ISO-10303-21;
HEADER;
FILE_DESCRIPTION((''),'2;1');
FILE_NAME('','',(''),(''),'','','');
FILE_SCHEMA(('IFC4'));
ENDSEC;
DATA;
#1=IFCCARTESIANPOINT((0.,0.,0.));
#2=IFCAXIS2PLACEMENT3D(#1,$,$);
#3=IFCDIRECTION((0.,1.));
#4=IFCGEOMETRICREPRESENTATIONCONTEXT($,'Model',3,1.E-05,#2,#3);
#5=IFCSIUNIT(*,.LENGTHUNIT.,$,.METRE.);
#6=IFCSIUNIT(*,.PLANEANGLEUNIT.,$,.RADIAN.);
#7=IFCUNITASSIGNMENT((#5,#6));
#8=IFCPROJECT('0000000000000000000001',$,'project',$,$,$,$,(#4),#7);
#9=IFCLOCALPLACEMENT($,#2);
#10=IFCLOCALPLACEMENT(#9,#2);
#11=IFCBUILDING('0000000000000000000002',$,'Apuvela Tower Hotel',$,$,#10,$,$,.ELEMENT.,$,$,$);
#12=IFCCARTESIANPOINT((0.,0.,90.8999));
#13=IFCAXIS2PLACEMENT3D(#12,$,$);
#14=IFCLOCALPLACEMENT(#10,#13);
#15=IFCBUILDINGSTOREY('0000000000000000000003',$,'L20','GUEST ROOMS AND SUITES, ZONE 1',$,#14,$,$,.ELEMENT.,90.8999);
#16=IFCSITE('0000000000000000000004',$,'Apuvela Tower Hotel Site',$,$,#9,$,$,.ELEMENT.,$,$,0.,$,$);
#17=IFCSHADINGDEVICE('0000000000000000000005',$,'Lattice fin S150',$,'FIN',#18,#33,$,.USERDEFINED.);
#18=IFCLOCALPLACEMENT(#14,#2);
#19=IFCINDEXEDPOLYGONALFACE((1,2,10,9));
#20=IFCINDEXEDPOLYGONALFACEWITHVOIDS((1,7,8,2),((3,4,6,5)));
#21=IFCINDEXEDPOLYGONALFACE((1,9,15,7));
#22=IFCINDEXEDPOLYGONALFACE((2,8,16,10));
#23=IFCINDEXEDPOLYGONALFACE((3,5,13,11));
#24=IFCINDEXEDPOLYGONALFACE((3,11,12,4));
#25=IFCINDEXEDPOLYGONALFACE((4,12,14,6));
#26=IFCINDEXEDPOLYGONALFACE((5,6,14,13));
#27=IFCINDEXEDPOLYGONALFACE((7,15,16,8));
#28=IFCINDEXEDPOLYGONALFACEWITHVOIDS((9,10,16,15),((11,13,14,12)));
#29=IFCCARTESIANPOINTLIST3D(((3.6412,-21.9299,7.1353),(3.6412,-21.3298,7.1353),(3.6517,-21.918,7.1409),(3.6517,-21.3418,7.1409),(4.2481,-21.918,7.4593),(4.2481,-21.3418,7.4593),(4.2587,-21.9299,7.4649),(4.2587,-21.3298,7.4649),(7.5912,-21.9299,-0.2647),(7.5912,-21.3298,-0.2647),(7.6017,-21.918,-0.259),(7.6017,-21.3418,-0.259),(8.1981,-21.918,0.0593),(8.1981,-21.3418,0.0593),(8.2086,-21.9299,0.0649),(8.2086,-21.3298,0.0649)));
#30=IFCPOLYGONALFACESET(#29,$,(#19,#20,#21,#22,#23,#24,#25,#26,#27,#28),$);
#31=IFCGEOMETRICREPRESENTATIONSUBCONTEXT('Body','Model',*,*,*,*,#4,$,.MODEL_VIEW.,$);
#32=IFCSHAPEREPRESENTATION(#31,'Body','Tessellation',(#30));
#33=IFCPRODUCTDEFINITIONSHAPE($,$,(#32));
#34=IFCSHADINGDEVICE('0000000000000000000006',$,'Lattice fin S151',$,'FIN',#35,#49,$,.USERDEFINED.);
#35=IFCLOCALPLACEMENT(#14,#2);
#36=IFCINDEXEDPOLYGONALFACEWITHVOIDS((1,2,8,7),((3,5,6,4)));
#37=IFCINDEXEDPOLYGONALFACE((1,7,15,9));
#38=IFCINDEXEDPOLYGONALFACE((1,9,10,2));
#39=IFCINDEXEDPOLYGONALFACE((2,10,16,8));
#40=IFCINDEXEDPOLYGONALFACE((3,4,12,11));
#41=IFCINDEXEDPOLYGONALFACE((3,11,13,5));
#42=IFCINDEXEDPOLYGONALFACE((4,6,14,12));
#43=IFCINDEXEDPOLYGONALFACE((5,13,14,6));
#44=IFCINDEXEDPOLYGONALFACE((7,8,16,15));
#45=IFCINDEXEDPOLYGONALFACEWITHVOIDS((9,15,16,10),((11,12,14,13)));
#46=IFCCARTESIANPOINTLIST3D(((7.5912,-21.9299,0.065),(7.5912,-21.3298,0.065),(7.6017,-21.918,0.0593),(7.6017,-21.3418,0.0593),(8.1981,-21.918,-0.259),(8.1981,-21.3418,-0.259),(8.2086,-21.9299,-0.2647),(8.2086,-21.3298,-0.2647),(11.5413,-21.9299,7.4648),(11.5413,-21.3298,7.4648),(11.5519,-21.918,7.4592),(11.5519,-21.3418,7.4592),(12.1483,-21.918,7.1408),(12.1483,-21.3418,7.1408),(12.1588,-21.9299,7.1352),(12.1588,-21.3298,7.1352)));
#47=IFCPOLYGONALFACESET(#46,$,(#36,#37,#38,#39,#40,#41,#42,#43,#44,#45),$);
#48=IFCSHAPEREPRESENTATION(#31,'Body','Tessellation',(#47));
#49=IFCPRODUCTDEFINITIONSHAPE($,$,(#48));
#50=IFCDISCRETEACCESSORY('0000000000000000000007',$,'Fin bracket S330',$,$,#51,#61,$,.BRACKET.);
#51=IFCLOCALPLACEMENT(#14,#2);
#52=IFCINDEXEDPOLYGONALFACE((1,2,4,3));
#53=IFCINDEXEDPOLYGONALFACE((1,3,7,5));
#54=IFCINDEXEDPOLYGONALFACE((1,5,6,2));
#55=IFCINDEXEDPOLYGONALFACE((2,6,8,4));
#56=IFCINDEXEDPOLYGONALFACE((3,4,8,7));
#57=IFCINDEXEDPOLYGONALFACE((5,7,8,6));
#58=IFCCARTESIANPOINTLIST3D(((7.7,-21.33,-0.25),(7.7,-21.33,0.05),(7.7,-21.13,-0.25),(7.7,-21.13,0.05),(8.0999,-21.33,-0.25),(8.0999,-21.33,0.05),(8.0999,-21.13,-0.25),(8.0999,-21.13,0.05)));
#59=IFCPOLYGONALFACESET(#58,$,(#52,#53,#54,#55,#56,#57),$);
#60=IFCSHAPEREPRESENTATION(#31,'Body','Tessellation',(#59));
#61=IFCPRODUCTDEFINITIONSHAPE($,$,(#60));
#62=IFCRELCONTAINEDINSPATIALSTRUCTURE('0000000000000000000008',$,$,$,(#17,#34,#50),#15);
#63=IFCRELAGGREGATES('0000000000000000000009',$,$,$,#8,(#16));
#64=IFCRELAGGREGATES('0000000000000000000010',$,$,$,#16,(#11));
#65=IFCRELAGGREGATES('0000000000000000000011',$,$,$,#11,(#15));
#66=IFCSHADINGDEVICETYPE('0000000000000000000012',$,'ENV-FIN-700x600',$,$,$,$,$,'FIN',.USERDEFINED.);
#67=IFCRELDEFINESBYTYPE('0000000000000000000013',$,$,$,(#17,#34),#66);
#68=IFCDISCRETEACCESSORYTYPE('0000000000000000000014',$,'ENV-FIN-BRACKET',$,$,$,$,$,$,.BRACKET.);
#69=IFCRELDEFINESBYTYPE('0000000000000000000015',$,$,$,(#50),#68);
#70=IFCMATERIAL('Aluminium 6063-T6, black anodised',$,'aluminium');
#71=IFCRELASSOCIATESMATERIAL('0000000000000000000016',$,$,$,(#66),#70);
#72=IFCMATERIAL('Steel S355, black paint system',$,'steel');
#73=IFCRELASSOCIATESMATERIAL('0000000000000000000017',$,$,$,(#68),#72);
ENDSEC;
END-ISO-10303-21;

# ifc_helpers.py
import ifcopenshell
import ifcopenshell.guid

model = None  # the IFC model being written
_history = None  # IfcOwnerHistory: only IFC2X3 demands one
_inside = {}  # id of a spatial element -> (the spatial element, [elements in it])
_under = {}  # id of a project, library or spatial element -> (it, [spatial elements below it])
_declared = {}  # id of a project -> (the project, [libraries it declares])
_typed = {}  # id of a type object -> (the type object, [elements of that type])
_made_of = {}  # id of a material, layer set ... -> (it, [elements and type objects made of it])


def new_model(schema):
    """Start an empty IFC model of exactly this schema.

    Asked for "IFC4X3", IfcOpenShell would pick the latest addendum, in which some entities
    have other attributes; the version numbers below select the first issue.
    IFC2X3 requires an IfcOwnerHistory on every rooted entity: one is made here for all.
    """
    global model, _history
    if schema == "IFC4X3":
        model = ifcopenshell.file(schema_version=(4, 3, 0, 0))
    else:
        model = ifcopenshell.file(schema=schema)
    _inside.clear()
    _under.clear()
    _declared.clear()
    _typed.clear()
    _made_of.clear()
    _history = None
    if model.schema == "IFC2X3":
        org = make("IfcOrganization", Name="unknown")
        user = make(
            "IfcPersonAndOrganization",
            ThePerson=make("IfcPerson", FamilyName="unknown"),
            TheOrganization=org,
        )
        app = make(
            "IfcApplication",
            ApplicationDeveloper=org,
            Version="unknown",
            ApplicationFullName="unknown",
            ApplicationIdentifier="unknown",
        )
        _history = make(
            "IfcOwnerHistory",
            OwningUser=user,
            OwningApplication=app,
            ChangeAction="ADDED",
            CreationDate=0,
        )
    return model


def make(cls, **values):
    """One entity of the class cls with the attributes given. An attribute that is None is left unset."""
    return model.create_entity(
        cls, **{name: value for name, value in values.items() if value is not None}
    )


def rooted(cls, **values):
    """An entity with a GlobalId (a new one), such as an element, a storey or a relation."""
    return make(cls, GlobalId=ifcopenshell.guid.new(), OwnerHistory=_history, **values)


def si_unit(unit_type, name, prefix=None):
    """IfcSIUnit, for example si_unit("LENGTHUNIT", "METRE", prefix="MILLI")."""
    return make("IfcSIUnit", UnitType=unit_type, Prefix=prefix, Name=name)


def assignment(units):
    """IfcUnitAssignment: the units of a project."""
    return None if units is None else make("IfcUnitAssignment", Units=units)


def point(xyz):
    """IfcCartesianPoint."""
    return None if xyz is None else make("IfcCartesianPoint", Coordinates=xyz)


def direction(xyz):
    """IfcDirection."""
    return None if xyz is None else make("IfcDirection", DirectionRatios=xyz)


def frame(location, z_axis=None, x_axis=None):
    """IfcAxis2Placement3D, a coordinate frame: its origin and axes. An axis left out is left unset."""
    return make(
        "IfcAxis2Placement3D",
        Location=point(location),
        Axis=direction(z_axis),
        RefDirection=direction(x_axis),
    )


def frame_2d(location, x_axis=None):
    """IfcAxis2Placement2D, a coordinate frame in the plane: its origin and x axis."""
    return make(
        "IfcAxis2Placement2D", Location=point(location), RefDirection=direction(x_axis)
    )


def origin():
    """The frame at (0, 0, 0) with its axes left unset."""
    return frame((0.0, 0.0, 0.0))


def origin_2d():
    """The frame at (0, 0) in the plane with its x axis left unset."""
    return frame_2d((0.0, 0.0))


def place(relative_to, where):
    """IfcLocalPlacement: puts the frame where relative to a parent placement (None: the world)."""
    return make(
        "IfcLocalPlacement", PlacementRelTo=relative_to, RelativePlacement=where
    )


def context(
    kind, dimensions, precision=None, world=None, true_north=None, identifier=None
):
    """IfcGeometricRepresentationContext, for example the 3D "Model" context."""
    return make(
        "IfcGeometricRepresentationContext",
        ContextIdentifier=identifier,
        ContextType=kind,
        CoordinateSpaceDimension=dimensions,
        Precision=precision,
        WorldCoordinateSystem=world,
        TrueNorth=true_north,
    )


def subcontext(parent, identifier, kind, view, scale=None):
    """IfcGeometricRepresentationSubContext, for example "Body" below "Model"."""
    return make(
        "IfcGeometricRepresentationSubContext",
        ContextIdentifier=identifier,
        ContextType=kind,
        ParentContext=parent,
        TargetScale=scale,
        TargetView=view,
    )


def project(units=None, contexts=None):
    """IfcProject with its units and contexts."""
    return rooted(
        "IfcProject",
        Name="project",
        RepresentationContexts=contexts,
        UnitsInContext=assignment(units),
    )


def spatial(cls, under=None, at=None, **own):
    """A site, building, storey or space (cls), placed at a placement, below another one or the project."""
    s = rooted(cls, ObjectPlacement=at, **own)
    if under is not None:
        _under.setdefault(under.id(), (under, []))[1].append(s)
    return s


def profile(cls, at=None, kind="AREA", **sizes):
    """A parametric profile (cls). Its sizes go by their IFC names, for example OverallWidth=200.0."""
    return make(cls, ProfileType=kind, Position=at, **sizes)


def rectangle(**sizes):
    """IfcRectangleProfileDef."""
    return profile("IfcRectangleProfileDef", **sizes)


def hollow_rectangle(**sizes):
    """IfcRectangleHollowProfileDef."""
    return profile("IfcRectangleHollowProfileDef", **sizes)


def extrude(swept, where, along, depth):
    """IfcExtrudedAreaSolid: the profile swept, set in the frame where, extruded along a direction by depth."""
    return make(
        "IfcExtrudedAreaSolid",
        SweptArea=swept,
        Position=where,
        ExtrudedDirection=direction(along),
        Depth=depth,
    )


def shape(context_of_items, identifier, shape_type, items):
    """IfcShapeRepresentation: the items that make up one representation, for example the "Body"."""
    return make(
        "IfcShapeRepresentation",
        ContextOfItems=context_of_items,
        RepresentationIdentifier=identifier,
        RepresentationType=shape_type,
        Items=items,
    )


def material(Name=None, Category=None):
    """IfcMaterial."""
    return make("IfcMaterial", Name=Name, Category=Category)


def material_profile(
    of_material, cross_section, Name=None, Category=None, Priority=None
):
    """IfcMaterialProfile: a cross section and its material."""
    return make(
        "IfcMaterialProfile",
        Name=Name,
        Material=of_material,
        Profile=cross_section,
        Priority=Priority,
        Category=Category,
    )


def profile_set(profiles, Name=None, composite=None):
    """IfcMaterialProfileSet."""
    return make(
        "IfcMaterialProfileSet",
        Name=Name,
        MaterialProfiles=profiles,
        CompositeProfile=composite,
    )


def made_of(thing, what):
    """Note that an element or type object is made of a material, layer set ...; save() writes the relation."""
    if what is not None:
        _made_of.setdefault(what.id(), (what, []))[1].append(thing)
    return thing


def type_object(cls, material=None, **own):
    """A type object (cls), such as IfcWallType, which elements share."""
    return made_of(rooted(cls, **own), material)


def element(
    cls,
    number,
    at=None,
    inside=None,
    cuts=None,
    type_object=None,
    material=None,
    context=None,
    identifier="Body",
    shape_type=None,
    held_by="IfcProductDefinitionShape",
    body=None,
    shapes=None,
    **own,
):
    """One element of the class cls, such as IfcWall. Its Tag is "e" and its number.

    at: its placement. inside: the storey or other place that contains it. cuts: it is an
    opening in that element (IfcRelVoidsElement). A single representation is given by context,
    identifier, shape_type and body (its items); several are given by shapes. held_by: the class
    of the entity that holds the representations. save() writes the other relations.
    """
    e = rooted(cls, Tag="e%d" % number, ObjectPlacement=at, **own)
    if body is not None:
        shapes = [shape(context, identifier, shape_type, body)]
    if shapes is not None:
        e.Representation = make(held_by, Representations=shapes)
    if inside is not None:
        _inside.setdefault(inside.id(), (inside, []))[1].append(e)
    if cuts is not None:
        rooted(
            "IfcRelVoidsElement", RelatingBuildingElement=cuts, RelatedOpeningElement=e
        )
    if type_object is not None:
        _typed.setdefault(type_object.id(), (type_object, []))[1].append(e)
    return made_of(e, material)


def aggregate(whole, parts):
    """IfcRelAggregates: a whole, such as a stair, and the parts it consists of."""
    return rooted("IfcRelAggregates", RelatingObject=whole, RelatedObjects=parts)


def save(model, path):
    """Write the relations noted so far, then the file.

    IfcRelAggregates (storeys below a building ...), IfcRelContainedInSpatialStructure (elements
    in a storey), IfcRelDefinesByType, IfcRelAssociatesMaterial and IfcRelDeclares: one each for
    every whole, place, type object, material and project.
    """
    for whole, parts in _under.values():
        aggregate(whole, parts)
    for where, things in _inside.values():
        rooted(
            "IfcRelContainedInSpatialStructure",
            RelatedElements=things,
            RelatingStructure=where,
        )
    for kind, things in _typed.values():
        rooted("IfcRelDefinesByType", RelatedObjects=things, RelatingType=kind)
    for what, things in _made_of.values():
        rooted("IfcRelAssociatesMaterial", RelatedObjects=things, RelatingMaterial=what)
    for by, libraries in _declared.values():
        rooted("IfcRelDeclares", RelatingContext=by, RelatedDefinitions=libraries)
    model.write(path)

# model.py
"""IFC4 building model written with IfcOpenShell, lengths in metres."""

from ifc_helpers import new_model, si_unit, direction, frame, origin, origin_2d, place, context, subcontext, project, spatial, rectangle, hollow_rectangle, extrude, material, material_profile, profile_set, type_object, element, save


model = new_model("IFC4")

# Units and contexts
model_context = context("Model", 3, precision=1e-05, world=origin(), true_north=direction((0.0, 1.0)))
body_context = subcontext(model_context, "Body", "Model", "MODEL_VIEW")
ifc_project = project(units=[si_unit("LENGTHUNIT", "METRE"), si_unit("PLANEANGLEUNIT", "RADIAN")], contexts=[model_context])

# Site, building, storey
site_placement = place(None, origin())
site = spatial("IfcSite", under=ifc_project, at=site_placement, Name="Apuvela Tower Hotel Site", CompositionType="ELEMENT", RefElevation=0.0)
building_placement = place(site_placement, origin())
building = spatial("IfcBuilding", under=site, at=building_placement, Name="Apuvela Tower Hotel", CompositionType="ELEMENT")
storey_placement = place(building_placement, frame((0.0, 0.0, 90.8999)))
storey = spatial("IfcBuildingStorey", under=building, at=storey_placement, Name="L20", Description="GUEST ROOMS AND SUITES, ZONE 1", CompositionType="ELEMENT", Elevation=90.8999)

# Shading devices
ifc_material_1 = material(Name="Aluminium 6063-T6, black anodised", Category="aluminium")
ifc_material_profile_1 = material_profile(ifc_material_1, hollow_rectangle(XDim=0.6001, YDim=0.7, WallThickness=0.012, at=origin_2d()), Name="AL BOX 700x600x12")
ifc_profile_set_1 = profile_set([ifc_material_profile_1], Name="Aluminium 6063-T6, black anodised")
shading_device_type = type_object("IfcShadingDeviceType", Name="ENV-FIN-700x600", ElementType="FIN", PredefinedType="USERDEFINED", material=ifc_profile_set_1)
for number, where, z_axis, x_axis, name in (
    (1, (7.8999, -21.6299, -0.0999), (-0.470898, 0.0, 0.882188), (0.0, -1.0, 0.0), "Lattice fin S150"),
    (2, (7.8999, -21.6299, -0.0999), (0.470921, 0.0, 0.882176), (0.0, 1.0, 0.0), "Lattice fin S151"),
):
    element("IfcShadingDevice", number, at=place(storey_placement, frame(where, z_axis=z_axis, x_axis=x_axis)), inside=storey, type_object=shading_device_type, Name=name, ObjectType="FIN", PredefinedType="USERDEFINED", context=body_context, shape_type="SweptSolid", body=[
        extrude(hollow_rectangle(XDim=0.6001, YDim=0.7, WallThickness=0.012, at=origin_2d()), origin(), (0.0, 0.0, 1.0), 8.3882),
    ])

# Discrete accessory
ifc_material_2 = material(Name="Steel S355, black paint system", Category="steel")
discrete_accessory_type = type_object("IfcDiscreteAccessoryType", Name="ENV-FIN-BRACKET", PredefinedType="BRACKET", material=ifc_material_2)
discrete_accessory_placement = place(storey_placement, frame((7.8999, -21.23, -0.25), z_axis=(0.0, 0.0, 1.0), x_axis=(1.0, 0.0, 0.0)))
element("IfcDiscreteAccessory", 3, at=discrete_accessory_placement, inside=storey, type_object=discrete_accessory_type, Name="Fin bracket S330", PredefinedType="BRACKET", context=body_context, shape_type="SweptSolid", body=[
    extrude(rectangle(XDim=0.3999, YDim=0.2, at=origin_2d()), origin(), (0.0, 0.0, 1.0), 0.3),
])

save(model, "model.ifc")
